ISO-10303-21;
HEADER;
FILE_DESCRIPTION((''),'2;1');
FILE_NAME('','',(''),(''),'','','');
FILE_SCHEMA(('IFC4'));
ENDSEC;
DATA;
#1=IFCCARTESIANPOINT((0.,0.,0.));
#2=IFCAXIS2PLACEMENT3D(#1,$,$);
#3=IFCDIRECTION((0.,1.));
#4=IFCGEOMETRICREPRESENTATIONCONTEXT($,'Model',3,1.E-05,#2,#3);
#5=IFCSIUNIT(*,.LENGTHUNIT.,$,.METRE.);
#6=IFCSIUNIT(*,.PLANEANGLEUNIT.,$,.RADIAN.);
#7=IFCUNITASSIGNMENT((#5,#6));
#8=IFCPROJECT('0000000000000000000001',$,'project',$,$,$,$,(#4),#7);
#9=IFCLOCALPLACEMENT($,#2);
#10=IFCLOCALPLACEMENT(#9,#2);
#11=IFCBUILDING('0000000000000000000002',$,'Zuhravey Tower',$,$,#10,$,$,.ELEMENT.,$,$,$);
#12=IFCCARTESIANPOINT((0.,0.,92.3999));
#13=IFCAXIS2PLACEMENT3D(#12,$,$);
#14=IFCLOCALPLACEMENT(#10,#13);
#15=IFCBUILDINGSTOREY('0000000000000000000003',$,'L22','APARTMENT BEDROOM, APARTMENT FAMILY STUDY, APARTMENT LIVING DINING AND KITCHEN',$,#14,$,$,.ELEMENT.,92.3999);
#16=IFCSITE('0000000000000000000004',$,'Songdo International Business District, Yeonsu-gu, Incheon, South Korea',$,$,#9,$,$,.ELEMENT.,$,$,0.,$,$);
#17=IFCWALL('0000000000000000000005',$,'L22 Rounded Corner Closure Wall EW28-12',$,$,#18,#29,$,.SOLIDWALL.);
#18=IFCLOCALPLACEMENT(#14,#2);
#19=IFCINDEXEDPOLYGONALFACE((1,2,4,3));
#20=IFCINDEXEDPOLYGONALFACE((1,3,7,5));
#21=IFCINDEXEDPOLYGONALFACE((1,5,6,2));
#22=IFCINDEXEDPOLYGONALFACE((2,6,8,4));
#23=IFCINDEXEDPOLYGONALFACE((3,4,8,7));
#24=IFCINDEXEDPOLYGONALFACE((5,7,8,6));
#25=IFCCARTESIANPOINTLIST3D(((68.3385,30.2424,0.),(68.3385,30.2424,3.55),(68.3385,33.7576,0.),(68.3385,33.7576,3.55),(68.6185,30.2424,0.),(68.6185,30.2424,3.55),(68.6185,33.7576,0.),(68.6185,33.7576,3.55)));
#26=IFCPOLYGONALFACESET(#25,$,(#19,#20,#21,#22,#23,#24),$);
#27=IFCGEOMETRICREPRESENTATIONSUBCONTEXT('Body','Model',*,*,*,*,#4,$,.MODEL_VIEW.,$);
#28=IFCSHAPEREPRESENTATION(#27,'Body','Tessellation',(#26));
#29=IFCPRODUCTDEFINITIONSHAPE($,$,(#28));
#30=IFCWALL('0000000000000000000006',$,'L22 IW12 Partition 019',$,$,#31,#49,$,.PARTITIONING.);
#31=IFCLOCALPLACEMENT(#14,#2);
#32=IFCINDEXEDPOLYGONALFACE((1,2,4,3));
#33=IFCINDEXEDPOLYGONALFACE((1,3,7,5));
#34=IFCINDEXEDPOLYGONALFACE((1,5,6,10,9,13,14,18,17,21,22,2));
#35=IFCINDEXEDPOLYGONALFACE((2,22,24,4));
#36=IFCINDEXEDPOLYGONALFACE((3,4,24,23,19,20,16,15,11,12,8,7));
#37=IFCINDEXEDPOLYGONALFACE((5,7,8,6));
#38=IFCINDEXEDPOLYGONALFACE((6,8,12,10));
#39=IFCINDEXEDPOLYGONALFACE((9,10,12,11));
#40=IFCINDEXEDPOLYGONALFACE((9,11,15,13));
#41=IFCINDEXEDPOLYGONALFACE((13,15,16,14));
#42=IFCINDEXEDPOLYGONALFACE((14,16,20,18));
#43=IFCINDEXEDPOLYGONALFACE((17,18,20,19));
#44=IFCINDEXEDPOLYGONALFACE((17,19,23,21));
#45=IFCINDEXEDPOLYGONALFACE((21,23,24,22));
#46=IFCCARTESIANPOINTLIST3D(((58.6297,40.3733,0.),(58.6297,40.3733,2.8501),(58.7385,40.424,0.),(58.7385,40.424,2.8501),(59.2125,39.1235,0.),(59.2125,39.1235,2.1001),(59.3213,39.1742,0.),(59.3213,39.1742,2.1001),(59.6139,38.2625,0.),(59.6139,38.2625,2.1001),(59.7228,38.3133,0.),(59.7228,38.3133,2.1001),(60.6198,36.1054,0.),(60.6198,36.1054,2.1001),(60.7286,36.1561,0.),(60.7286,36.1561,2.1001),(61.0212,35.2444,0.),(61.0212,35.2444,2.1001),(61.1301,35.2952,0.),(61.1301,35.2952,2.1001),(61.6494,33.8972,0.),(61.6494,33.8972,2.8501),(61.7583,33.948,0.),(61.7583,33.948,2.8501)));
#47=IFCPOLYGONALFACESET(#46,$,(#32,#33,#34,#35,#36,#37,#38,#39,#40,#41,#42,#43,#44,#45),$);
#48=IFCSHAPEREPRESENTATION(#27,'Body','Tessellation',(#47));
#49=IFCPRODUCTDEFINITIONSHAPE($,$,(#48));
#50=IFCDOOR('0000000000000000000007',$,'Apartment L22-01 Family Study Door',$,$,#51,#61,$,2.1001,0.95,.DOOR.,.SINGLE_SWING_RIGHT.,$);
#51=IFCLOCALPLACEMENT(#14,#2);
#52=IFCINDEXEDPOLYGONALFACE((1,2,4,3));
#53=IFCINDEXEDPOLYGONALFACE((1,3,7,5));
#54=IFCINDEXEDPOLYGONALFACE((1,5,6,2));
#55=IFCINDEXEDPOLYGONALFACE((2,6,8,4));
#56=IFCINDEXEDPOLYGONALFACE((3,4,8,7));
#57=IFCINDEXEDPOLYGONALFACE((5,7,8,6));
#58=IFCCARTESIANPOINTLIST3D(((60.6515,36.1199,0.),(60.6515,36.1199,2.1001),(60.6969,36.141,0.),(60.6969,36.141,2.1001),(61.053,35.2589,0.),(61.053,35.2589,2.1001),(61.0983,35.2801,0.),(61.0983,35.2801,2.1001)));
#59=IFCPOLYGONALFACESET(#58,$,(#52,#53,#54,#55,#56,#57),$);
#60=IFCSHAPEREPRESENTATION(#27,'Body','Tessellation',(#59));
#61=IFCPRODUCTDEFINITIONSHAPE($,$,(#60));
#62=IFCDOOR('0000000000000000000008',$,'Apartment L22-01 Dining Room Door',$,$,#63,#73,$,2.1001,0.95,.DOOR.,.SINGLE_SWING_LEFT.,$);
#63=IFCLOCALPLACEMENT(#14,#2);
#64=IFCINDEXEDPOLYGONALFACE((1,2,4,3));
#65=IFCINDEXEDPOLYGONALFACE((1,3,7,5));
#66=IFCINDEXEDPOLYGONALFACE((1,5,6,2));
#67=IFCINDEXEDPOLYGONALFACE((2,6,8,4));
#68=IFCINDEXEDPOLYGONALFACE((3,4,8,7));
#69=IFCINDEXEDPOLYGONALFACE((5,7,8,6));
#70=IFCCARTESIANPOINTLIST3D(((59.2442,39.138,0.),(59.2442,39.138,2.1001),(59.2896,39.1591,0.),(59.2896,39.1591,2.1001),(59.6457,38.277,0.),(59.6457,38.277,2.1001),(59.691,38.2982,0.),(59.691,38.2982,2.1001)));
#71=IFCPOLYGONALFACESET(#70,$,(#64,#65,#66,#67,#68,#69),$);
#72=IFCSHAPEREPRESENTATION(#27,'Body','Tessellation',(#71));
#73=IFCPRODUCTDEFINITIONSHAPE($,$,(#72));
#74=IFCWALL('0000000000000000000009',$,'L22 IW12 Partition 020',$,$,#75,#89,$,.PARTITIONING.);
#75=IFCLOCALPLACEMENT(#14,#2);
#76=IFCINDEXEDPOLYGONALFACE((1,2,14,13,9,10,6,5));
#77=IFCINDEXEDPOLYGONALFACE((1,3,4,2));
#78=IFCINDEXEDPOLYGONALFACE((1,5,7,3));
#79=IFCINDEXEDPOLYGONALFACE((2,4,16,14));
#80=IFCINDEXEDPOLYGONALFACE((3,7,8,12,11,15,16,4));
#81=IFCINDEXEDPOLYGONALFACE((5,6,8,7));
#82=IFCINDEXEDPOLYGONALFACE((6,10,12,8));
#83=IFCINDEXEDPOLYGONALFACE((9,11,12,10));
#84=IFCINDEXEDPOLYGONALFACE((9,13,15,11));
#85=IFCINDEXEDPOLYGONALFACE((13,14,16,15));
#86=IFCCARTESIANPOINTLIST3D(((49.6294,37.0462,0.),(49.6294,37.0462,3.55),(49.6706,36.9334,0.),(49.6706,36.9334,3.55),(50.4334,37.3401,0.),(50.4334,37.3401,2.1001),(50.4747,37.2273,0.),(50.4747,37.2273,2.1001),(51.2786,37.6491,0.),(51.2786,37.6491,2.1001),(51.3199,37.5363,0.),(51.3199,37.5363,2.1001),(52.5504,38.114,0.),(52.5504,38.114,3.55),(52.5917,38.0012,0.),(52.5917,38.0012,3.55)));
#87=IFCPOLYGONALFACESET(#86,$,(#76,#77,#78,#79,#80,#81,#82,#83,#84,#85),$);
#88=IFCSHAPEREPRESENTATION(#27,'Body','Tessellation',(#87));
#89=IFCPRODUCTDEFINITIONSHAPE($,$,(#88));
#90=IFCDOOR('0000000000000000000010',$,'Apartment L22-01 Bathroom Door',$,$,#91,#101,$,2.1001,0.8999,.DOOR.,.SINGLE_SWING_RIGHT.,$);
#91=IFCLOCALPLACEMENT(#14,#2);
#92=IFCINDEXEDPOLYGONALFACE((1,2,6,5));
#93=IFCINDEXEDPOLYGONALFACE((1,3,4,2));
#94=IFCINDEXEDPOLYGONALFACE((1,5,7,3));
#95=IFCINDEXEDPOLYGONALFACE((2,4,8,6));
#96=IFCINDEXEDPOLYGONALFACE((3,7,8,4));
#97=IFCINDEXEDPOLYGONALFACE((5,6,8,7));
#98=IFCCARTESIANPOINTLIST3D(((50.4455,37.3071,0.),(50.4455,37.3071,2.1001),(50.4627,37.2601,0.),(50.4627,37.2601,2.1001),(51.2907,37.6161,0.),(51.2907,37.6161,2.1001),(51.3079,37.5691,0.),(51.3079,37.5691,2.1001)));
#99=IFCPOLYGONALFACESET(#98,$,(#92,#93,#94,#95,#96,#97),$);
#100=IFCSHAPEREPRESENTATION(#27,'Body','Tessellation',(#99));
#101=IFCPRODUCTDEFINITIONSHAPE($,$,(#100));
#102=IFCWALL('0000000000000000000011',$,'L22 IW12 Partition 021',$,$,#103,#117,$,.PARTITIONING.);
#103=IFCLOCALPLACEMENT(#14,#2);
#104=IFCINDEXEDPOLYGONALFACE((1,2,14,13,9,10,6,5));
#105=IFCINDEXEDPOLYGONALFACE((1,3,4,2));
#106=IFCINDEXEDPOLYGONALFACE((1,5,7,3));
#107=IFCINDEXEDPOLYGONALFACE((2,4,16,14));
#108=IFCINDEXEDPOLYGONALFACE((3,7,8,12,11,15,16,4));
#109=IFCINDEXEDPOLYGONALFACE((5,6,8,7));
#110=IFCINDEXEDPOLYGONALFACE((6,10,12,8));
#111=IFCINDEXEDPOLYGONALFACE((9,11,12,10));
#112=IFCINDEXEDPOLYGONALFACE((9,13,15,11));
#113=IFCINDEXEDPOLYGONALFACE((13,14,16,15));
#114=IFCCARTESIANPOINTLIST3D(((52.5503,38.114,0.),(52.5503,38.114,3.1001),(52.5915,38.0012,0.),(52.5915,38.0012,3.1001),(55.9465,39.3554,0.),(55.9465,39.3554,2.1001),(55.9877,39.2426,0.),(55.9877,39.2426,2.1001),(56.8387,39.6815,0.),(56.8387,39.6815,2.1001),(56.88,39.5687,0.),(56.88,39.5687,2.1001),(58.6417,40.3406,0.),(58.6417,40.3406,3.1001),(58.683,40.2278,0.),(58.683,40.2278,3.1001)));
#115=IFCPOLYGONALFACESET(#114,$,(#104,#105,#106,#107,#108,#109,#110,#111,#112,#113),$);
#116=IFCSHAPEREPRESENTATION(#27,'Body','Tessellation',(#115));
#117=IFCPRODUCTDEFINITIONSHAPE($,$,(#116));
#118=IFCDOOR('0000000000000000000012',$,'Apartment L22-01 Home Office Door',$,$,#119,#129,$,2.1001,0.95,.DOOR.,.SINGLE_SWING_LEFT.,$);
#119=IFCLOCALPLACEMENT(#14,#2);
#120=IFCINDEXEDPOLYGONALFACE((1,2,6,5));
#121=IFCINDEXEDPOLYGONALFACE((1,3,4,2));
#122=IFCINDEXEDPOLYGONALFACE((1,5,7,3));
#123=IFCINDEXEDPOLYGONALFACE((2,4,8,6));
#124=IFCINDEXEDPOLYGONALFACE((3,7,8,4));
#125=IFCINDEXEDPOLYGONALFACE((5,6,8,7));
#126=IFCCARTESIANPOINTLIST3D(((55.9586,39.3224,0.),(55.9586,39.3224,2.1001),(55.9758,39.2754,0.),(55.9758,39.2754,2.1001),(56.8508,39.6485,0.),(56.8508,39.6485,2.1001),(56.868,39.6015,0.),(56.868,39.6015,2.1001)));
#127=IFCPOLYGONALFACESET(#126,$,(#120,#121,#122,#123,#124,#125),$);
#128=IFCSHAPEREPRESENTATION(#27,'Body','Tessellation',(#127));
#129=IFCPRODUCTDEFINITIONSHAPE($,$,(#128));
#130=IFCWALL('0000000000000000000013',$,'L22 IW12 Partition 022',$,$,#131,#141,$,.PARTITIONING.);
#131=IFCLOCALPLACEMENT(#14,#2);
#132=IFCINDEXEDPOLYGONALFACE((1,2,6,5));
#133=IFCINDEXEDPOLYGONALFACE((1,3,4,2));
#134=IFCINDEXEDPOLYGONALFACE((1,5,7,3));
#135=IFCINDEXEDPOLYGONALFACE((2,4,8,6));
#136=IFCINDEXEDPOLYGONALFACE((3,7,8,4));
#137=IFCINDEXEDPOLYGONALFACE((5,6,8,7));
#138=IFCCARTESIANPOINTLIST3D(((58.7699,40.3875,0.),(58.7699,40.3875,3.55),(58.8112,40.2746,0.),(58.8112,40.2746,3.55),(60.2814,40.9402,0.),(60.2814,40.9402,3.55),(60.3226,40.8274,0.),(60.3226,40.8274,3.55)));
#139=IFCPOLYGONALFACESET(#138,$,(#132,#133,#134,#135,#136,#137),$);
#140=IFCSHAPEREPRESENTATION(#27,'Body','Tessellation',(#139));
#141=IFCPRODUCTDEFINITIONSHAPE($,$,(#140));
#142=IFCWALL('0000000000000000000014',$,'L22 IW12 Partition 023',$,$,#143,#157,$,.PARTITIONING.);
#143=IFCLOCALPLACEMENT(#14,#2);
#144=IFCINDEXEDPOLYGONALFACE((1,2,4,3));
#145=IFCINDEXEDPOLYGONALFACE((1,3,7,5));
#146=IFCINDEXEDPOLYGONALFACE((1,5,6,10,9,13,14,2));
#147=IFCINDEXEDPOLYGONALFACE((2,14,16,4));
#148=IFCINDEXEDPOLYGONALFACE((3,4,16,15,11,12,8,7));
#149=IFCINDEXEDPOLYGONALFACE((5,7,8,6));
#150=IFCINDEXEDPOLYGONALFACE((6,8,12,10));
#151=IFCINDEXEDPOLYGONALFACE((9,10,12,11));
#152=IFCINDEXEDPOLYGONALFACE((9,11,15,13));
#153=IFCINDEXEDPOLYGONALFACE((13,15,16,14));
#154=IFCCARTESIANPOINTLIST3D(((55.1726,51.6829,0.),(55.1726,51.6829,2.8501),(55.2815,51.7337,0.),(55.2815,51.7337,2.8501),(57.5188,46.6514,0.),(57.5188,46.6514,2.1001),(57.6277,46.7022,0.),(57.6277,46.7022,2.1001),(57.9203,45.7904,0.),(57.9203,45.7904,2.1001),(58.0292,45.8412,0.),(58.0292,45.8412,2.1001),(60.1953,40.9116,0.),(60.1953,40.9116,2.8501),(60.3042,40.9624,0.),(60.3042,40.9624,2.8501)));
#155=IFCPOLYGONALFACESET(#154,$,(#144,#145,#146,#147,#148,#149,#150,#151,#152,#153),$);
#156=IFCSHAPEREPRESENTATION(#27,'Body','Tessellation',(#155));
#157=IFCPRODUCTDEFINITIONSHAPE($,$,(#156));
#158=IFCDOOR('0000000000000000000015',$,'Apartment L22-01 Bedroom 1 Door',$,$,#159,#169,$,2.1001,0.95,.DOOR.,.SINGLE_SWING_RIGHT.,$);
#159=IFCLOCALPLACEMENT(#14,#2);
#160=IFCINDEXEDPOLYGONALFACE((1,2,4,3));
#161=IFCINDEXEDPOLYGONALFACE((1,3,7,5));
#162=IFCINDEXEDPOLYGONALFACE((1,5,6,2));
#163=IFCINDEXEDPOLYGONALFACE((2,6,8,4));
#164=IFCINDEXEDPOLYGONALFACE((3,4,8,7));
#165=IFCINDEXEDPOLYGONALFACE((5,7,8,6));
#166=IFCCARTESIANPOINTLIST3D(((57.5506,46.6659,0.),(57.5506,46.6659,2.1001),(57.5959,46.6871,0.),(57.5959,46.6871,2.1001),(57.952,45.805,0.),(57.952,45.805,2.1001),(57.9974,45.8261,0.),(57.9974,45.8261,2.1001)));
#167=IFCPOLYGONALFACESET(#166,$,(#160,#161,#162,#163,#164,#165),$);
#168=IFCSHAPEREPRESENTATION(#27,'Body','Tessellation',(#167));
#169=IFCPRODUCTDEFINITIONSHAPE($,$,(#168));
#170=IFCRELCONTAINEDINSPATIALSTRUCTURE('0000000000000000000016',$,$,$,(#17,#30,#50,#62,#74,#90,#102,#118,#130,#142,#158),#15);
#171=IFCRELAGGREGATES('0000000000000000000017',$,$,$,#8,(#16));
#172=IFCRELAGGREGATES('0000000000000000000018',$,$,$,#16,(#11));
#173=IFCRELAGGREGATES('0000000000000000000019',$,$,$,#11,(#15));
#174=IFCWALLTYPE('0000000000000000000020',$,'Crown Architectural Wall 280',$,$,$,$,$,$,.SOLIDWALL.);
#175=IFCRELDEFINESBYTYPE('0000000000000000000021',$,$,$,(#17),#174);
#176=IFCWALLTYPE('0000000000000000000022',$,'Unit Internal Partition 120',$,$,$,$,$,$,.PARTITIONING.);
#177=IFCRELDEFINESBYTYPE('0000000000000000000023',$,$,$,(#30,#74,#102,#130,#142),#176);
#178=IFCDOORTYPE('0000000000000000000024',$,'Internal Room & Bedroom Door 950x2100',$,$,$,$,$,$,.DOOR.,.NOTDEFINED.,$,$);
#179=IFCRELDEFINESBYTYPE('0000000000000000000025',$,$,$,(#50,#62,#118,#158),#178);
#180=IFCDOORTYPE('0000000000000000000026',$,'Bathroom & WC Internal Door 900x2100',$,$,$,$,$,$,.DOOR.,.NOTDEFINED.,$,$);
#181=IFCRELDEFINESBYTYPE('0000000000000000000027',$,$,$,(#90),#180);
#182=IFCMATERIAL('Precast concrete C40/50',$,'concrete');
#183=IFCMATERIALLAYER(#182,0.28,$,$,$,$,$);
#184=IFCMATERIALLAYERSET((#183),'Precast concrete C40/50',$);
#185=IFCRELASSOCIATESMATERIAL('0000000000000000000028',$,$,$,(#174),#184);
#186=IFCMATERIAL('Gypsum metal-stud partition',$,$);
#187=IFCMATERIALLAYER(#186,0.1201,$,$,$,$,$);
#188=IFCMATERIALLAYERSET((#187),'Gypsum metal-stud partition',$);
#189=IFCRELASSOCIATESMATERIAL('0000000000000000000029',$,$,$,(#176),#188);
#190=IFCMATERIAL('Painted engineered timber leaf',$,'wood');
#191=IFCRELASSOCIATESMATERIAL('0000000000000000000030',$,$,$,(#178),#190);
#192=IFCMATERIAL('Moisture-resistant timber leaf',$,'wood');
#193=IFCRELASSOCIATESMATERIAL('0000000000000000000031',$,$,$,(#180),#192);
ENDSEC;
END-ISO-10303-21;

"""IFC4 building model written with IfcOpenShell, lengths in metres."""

from ifc_helpers import new_model, si_unit, direction, frame, frame_2d, origin, place, context, subcontext, project, spatial, rectangle, extrude, material, layer, layer_set, type_object, element, fill, save


model = new_model("IFC4")

# Units and contexts
model_context = context("Model", 3, precision=1e-05, world=origin(), true_north=direction((0.0, 1.0)))
body_context = subcontext(model_context, "Body", "Model", "MODEL_VIEW")
ifc_project = project(units=[si_unit("LENGTHUNIT", "METRE"), si_unit("PLANEANGLEUNIT", "RADIAN")], contexts=[model_context])

# Site, building, storey
site_placement = place(None, origin())
site = spatial("IfcSite", under=ifc_project, at=site_placement, Name="Songdo International Business District, Yeonsu-gu, Incheon, South Korea", CompositionType="ELEMENT", RefElevation=0.0)
building_placement = place(site_placement, origin())
building = spatial("IfcBuilding", under=site, at=building_placement, Name="Zuhravey Tower", CompositionType="ELEMENT")
storey_placement = place(building_placement, frame((0.0, 0.0, 92.3999)))
storey = spatial("IfcBuildingStorey", under=building, at=storey_placement, Name="L22", Description="APARTMENT BEDROOM, APARTMENT FAMILY STUDY, APARTMENT LIVING DINING AND KITCHEN", CompositionType="ELEMENT", Elevation=92.3999)

# Wall
ifc_material_1 = material(Name="Precast concrete C40/50", Category="concrete")
ifc_layer_1 = layer(ifc_material_1, 0.28)
ifc_layer_set_1 = layer_set([ifc_layer_1], Name="Precast concrete C40/50")
wall_type_1 = type_object("IfcWallType", Name="Crown Architectural Wall 280", PredefinedType="SOLIDWALL", material=ifc_layer_set_1)
wall_1_placement = place(storey_placement, frame((68.4785, 33.7576, 0.0), z_axis=(0.0, 0.0, 1.0), x_axis=(0.0, -1.0, 0.0)))
element("IfcWall", 1, at=wall_1_placement, inside=storey, type_object=wall_type_1, Name="L22 Rounded Corner Closure Wall EW28-12", PredefinedType="SOLIDWALL", context=body_context, shape_type="SweptSolid", body=[
    extrude(rectangle(XDim=3.5151, YDim=0.28, at=frame_2d((1.7576, 0.0))), origin(), (0.0, 0.0, 1.0), 3.55),
])

# Wall, openings, doors
ifc_material_2 = material(Name="Gypsum metal-stud partition")
ifc_layer_2 = layer(ifc_material_2, 0.1201)
ifc_layer_set_2 = layer_set([ifc_layer_2], Name="Gypsum metal-stud partition")
wall_type_2 = type_object("IfcWallType", Name="Unit Internal Partition 120", PredefinedType="PARTITIONING", material=ifc_layer_set_2)
wall_2_placement = place(storey_placement, frame((61.7039, 33.9226, 0.0), z_axis=(0.0, 0.0, 1.0), x_axis=(-0.42261, 0.906311, 0.0)))
wall_2 = element("IfcWall", 2, at=wall_2_placement, inside=storey, type_object=wall_type_2, Name="L22 IW12 Partition 019", PredefinedType="PARTITIONING", context=body_context, shape_type="SweptSolid", body=[
    extrude(rectangle(XDim=7.1455, YDim=0.1201, at=frame_2d((3.5728, 0.0))), origin(), (0.0, 0.0, 1.0), 2.8501),
])
opening_1_placement = place(wall_2_placement, frame((1.4863, 0.0, 0.0)))
opening_1 = element("IfcOpeningElement", 3, at=opening_1_placement, cuts=wall_2, PredefinedType="OPENING", context=body_context, shape_type="SweptSolid", body=[
    extrude(rectangle(XDim=0.95, YDim=2.1001, at=frame_2d((0.4751, 1.05))), frame((0.0, 0.072, 0.0), z_axis=(0.0, -1.0, 0.0), x_axis=(1.0, 0.0, 0.0)), (0.0, 0.0, 1.0), 0.144),
])
opening_2_placement = place(wall_2_placement, frame((4.8164, 0.0, 0.0)))
opening_2 = element("IfcOpeningElement", 4, at=opening_2_placement, cuts=wall_2, PredefinedType="OPENING", context=body_context, shape_type="SweptSolid", body=[
    extrude(rectangle(XDim=0.95, YDim=2.1001, at=frame_2d((0.4751, 1.05))), frame((0.0, 0.072, 0.0), z_axis=(0.0, -1.0, 0.0), x_axis=(1.0, 0.0, 0.0)), (0.0, 0.0, 1.0), 0.144),
])
ifc_material_3 = material(Name="Painted engineered timber leaf", Category="wood")
door_type_1 = type_object("IfcDoorType", Name="Internal Room & Bedroom Door 950x2100", OperationType="NOTDEFINED", PredefinedType="DOOR", material=ifc_material_3)
door_1_placement = place(opening_1_placement, frame((0.95, 0.0, 0.0), z_axis=(0.0, 0.0, 1.0), x_axis=(-1.0, 0.0, 0.0)))
door_1 = element("IfcDoor", 5, at=door_1_placement, inside=storey, type_object=door_type_1, Name="Apartment L22-01 Family Study Door", OperationType="SINGLE_SWING_RIGHT", OverallHeight=2.1001, OverallWidth=0.95, PredefinedType="DOOR", context=body_context, shape_type="SweptSolid", body=[
    extrude(rectangle(XDim=0.95, YDim=2.1001, at=frame_2d((0.4751, 1.05))), frame((0.0, 0.0249, 0.0), z_axis=(0.0, -1.0, 0.0), x_axis=(1.0, 0.0, 0.0)), (0.0, 0.0, 1.0), 0.05),
])
fill(opening_1, door_1)
door_2_placement = place(opening_2_placement, frame((0.95, 0.0, 0.0), z_axis=(0.0, 0.0, 1.0), x_axis=(-1.0, 0.0, 0.0)))
door_2 = element("IfcDoor", 6, at=door_2_placement, inside=storey, type_object=door_type_1, Name="Apartment L22-01 Dining Room Door", OperationType="SINGLE_SWING_LEFT", OverallHeight=2.1001, OverallWidth=0.95, PredefinedType="DOOR", context=body_context, shape_type="SweptSolid", body=[
    extrude(rectangle(XDim=0.95, YDim=2.1001, at=frame_2d((0.4751, 1.05))), frame((0.0, 0.0249, 0.0), z_axis=(0.0, -1.0, 0.0), x_axis=(1.0, 0.0, 0.0)), (0.0, 0.0, 1.0), 0.05),
])
fill(opening_2, door_2)

# Walls, openings, doors
wall_3_placement = place(storey_placement, frame((49.6499, 36.9897, 0.0), z_axis=(0.0, 0.0, 1.0), x_axis=(0.93921, 0.343343, 0.0)))
wall_3 = element("IfcWall", 7, at=wall_3_placement, inside=storey, type_object=wall_type_2, Name="L22 IW12 Partition 020", PredefinedType="PARTITIONING", context=body_context, shape_type="SweptSolid", body=[
    extrude(rectangle(XDim=3.1101, YDim=0.1201, at=frame_2d((1.5552, 0.0))), origin(), (0.0, 0.0, 1.0), 3.55),
])
opening_3_placement = place(wall_3_placement, frame((0.8562, 0.0, 0.0)))
opening_3 = element("IfcOpeningElement", 8, at=opening_3_placement, cuts=wall_3, PredefinedType="OPENING", context=body_context, shape_type="SweptSolid", body=[
    extrude(rectangle(XDim=0.8999, YDim=2.1001, at=frame_2d((0.45, 1.05))), frame((0.0, 0.072, 0.0), z_axis=(0.0, -1.0, 0.0), x_axis=(1.0, 0.0, 0.0)), (0.0, 0.0, 1.0), 0.144),
])
ifc_material_4 = material(Name="Moisture-resistant timber leaf", Category="wood")
door_type_2 = type_object("IfcDoorType", Name="Bathroom & WC Internal Door 900x2100", OperationType="NOTDEFINED", PredefinedType="DOOR", material=ifc_material_4)
door_3_placement = place(opening_3_placement, origin())
door_3 = element("IfcDoor", 9, at=door_3_placement, inside=storey, type_object=door_type_2, Name="Apartment L22-01 Bathroom Door", OperationType="SINGLE_SWING_RIGHT", OverallHeight=2.1001, OverallWidth=0.8999, PredefinedType="DOOR", context=body_context, shape_type="SweptSolid", body=[
    extrude(rectangle(XDim=0.8999, YDim=2.1001, at=frame_2d((0.45, 1.05))), frame((0.0, 0.0249, 0.0), z_axis=(0.0, -1.0, 0.0), x_axis=(1.0, 0.0, 0.0)), (0.0, 0.0, 1.0), 0.05),
])
fill(opening_3, door_3)
wall_4_placement = place(storey_placement, frame((52.571, 38.0576, 0.0), z_axis=(0.0, 0.0, 1.0), x_axis=(0.939221, 0.343314, 0.0)))
wall_4 = element("IfcWall", 10, at=wall_4_placement, inside=storey, type_object=wall_type_2, Name="L22 IW12 Partition 021", PredefinedType="PARTITIONING", context=body_context, shape_type="SweptSolid", body=[
    extrude(rectangle(XDim=6.4856, YDim=0.1201, at=frame_2d((3.2427, 0.0))), origin(), (0.0, 0.0, 1.0), 3.1001),
])
opening_4_placement = place(wall_4_placement, frame((3.6157, 0.0, 0.0)))
opening_4 = element("IfcOpeningElement", 11, at=opening_4_placement, cuts=wall_4, PredefinedType="OPENING", context=body_context, shape_type="SweptSolid", body=[
    extrude(rectangle(XDim=0.95, YDim=2.1001, at=frame_2d((0.4751, 1.05))), frame((0.0, 0.072, 0.0), z_axis=(0.0, -1.0, 0.0), x_axis=(1.0, 0.0, 0.0)), (0.0, 0.0, 1.0), 0.144),
])
door_4_placement = place(opening_4_placement, origin())
door_4 = element("IfcDoor", 12, at=door_4_placement, inside=storey, type_object=door_type_1, Name="Apartment L22-01 Home Office Door", OperationType="SINGLE_SWING_LEFT", OverallHeight=2.1001, OverallWidth=0.95, PredefinedType="DOOR", context=body_context, shape_type="SweptSolid", body=[
    extrude(rectangle(XDim=0.95, YDim=2.1001, at=frame_2d((0.4751, 1.05))), frame((0.0, 0.0249, 0.0), z_axis=(0.0, -1.0, 0.0), x_axis=(1.0, 0.0, 0.0)), (0.0, 0.0, 1.0), 0.05),
])
fill(opening_4, door_4)

# Wall
wall_5_placement = place(storey_placement, frame((58.7905, 40.3311, 0.0), z_axis=(0.0, 0.0, 1.0), x_axis=(0.939172, 0.343448, 0.0)))
element("IfcWall", 13, at=wall_5_placement, inside=storey, type_object=wall_type_2, Name="L22 IW12 Partition 022", PredefinedType="PARTITIONING", context=body_context, shape_type="SweptSolid", body=[
    extrude(rectangle(XDim=1.6094, YDim=0.1201, at=frame_2d((0.8047, 0.0))), origin(), (0.0, 0.0, 1.0), 3.55),
])

# Wall, opening, door
wall_6_placement = place(storey_placement, frame((60.2498, 40.937, 0.0), z_axis=(0.0, 0.0, 1.0), x_axis=(-0.422618, 0.906308, 0.0)))
wall_6 = element("IfcWall", 14, at=wall_6_placement, inside=storey, type_object=wall_type_2, Name="L22 IW12 Partition 023", PredefinedType="PARTITIONING", context=body_context, shape_type="SweptSolid", body=[
    extrude(rectangle(XDim=11.8848, YDim=0.1201, at=frame_2d((5.9424, 0.0))), origin(), (0.0, 0.0, 1.0), 2.8501),
])
opening_5_placement = place(wall_6_placement, frame((5.3831, 0.0, 0.0)))
opening_5 = element("IfcOpeningElement", 15, at=opening_5_placement, cuts=wall_6, PredefinedType="OPENING", context=body_context, shape_type="SweptSolid", body=[
    extrude(rectangle(XDim=0.95, YDim=2.1001, at=frame_2d((0.4751, 1.05))), frame((0.0, 0.072, 0.0), z_axis=(0.0, -1.0, 0.0), x_axis=(1.0, 0.0, 0.0)), (0.0, 0.0, 1.0), 0.144),
])
door_5_placement = place(opening_5_placement, frame((0.95, 0.0, 0.0), z_axis=(0.0, 0.0, 1.0), x_axis=(-1.0, 0.0, 0.0)))
door_5 = element("IfcDoor", 16, at=door_5_placement, inside=storey, type_object=door_type_1, Name="Apartment L22-01 Bedroom 1 Door", OperationType="SINGLE_SWING_RIGHT", OverallHeight=2.1001, OverallWidth=0.95, PredefinedType="DOOR", context=body_context, shape_type="SweptSolid", body=[
    extrude(rectangle(XDim=0.95, YDim=2.1001, at=frame_2d((0.4751, 1.05))), frame((0.0, 0.0249, 0.0), z_axis=(0.0, -1.0, 0.0), x_axis=(1.0, 0.0, 0.0)), (0.0, 0.0, 1.0), 0.05),
])
fill(opening_5, door_5)

save(model, "model.ifc")
